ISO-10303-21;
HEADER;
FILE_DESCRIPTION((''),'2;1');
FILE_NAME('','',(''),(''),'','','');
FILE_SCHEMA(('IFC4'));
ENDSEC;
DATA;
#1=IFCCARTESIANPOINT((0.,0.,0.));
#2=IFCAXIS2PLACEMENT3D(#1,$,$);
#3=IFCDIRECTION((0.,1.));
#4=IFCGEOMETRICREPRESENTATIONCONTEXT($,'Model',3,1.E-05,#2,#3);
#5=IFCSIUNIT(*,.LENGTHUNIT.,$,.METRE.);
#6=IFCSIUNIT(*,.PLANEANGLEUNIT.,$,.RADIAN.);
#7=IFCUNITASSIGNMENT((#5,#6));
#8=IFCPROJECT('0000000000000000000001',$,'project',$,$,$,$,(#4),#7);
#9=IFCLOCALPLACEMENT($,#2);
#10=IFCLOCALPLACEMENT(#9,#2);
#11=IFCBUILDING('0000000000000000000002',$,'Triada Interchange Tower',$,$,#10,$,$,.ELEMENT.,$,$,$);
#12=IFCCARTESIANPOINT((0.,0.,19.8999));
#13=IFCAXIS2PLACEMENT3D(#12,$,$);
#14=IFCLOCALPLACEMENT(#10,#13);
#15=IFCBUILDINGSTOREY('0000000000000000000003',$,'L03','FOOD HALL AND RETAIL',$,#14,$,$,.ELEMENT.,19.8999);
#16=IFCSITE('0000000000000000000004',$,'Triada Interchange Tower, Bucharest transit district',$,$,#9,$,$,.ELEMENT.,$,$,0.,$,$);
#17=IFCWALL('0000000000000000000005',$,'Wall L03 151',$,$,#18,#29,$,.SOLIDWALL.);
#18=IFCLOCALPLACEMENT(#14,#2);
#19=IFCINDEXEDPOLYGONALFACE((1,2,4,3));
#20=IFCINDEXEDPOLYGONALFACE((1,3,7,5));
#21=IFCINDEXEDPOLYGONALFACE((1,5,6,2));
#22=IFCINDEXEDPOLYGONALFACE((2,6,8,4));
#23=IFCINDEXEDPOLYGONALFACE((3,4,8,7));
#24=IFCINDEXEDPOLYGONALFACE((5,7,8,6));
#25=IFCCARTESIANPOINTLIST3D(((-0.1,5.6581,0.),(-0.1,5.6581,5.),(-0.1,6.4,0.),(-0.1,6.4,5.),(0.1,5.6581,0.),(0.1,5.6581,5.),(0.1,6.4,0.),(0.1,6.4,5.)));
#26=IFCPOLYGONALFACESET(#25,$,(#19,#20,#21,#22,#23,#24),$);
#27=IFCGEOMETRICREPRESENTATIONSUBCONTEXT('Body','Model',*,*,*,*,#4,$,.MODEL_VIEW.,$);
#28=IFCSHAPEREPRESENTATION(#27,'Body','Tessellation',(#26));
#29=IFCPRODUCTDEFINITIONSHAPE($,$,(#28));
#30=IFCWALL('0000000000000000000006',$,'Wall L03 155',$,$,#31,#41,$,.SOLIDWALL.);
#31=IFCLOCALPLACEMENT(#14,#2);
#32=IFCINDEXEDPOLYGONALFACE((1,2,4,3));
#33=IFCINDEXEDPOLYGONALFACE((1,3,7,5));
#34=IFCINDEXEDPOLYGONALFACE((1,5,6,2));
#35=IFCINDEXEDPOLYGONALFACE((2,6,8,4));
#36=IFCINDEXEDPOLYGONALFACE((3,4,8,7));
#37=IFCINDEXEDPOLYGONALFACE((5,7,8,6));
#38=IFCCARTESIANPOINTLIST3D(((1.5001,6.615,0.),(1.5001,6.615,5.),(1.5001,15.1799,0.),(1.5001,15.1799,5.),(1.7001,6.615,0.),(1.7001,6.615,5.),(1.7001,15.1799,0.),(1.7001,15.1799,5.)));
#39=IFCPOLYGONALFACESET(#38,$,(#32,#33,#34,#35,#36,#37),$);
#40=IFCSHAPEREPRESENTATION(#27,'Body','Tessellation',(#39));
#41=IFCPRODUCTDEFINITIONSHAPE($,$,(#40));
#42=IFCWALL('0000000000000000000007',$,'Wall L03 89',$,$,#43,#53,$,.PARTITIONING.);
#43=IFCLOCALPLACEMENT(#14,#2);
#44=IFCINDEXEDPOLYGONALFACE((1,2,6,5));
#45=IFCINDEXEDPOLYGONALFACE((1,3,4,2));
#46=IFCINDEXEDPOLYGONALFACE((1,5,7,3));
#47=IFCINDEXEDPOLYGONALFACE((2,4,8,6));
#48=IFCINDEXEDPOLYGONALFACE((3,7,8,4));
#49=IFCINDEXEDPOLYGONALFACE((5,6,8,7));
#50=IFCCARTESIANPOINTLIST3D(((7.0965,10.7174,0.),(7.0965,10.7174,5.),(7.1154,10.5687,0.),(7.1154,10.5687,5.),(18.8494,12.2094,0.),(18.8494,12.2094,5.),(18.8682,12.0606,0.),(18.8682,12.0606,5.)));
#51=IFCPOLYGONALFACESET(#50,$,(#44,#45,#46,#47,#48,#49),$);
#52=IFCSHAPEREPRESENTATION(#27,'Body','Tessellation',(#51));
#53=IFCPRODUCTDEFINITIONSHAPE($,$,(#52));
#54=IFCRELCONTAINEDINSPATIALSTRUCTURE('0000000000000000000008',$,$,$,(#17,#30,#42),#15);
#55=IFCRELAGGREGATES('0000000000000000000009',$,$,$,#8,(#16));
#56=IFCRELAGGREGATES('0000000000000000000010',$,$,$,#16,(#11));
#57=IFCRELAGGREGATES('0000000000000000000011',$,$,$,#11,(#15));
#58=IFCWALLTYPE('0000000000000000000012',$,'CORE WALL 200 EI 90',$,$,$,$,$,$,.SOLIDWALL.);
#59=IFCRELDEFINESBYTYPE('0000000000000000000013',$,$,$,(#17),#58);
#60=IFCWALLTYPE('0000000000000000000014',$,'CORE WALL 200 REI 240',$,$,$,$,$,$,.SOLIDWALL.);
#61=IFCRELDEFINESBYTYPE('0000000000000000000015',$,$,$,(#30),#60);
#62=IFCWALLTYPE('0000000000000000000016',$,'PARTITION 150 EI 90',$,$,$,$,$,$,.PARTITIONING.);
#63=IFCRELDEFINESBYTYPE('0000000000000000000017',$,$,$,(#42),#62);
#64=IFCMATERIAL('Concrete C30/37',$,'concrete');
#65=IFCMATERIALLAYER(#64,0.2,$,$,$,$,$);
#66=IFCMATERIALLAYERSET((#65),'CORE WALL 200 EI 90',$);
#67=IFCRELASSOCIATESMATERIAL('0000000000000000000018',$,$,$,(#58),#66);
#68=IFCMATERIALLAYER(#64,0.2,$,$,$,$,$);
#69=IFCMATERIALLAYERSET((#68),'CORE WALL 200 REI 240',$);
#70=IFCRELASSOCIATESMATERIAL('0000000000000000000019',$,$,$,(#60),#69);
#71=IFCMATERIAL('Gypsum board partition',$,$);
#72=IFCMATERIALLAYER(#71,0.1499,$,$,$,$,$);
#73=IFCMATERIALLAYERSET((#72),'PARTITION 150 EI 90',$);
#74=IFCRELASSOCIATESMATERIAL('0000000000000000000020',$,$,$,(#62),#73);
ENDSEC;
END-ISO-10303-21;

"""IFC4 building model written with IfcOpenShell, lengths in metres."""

from ifc_helpers import new_model, si_unit, direction, frame, frame_2d, origin, place, context, subcontext, project, spatial, rectangle, extrude, material, layer, layer_set, type_object, element, save


model = new_model("IFC4")

# Units and contexts
model_context = context("Model", 3, precision=1e-05, world=origin(), true_north=direction((0.0, 1.0)))
body_context = subcontext(model_context, "Body", "Model", "MODEL_VIEW")
ifc_project = project(units=[si_unit("LENGTHUNIT", "METRE"), si_unit("PLANEANGLEUNIT", "RADIAN")], contexts=[model_context])

# Site, building, storey
site_placement = place(None, origin())
site = spatial("IfcSite", under=ifc_project, at=site_placement, Name="Triada Interchange Tower, Bucharest transit district", CompositionType="ELEMENT", RefElevation=0.0)
building_placement = place(site_placement, origin())
building = spatial("IfcBuilding", under=site, at=building_placement, Name="Triada Interchange Tower", CompositionType="ELEMENT")
storey_placement = place(building_placement, frame((0.0, 0.0, 19.8999)))
storey = spatial("IfcBuildingStorey", under=building, at=storey_placement, Name="L03", Description="FOOD HALL AND RETAIL", CompositionType="ELEMENT", Elevation=19.8999)

# Shared definitions
ifc_material_1 = material(Name="Concrete C30/37", Category="concrete")

# Walls
ifc_layer_1 = layer(ifc_material_1, 0.2)
ifc_layer_set_1 = layer_set([ifc_layer_1], Name="CORE WALL 200 EI 90")
wall_type_1 = type_object("IfcWallType", Name="CORE WALL 200 EI 90", PredefinedType="SOLIDWALL", material=ifc_layer_set_1)
wall_1_placement = place(storey_placement, frame((0.0, 5.658, 0.0), z_axis=(0.0, 0.0, 1.0), x_axis=(0.0, 1.0, 0.0)))
element("IfcWall", 1, at=wall_1_placement, inside=storey, type_object=wall_type_1, Name="Wall L03 151", PredefinedType="SOLIDWALL", context=body_context, shape_type="SweptSolid", body=[
    extrude(rectangle(XDim=0.7419, YDim=0.2, at=frame_2d((0.3711, 0.0))), origin(), (0.0, 0.0, 1.0), 5.0),
])
ifc_layer_2 = layer(ifc_material_1, 0.2)
ifc_layer_set_2 = layer_set([ifc_layer_2], Name="CORE WALL 200 REI 240")
wall_type_2 = type_object("IfcWallType", Name="CORE WALL 200 REI 240", PredefinedType="SOLIDWALL", material=ifc_layer_set_2)
wall_2_placement = place(storey_placement, frame((1.6001, 6.615, 0.0), z_axis=(0.0, 0.0, 1.0), x_axis=(0.0, 1.0, 0.0)))
element("IfcWall", 2, at=wall_2_placement, inside=storey, type_object=wall_type_2, Name="Wall L03 155", PredefinedType="SOLIDWALL", context=body_context, shape_type="SweptSolid", body=[
    extrude(rectangle(XDim=8.5649, YDim=0.2, at=frame_2d((4.2825, 0.0))), origin(), (0.0, 0.0, 1.0), 5.0),
])
ifc_material_2 = material(Name="Gypsum board partition")
ifc_layer_3 = layer(ifc_material_2, 0.1499)
ifc_layer_set_3 = layer_set([ifc_layer_3], Name="PARTITION 150 EI 90")
wall_type_3 = type_object("IfcWallType", Name="PARTITION 150 EI 90", PredefinedType="PARTITIONING", material=ifc_layer_set_3)
wall_3_placement = place(storey_placement, frame((7.106, 10.6431, 0.0), z_axis=(0.0, 0.0, 1.0), x_axis=(0.992039, 0.125932, 0.0)))
element("IfcWall", 3, at=wall_3_placement, inside=storey, type_object=wall_type_3, Name="Wall L03 89", PredefinedType="PARTITIONING", context=body_context, shape_type="SweptSolid", body=[
    extrude(rectangle(XDim=11.8472, YDim=0.1499, at=frame_2d((5.9236, 0.0))), origin(), (0.0, 0.0, 1.0), 5.0),
])

save(model, "model.ifc")
